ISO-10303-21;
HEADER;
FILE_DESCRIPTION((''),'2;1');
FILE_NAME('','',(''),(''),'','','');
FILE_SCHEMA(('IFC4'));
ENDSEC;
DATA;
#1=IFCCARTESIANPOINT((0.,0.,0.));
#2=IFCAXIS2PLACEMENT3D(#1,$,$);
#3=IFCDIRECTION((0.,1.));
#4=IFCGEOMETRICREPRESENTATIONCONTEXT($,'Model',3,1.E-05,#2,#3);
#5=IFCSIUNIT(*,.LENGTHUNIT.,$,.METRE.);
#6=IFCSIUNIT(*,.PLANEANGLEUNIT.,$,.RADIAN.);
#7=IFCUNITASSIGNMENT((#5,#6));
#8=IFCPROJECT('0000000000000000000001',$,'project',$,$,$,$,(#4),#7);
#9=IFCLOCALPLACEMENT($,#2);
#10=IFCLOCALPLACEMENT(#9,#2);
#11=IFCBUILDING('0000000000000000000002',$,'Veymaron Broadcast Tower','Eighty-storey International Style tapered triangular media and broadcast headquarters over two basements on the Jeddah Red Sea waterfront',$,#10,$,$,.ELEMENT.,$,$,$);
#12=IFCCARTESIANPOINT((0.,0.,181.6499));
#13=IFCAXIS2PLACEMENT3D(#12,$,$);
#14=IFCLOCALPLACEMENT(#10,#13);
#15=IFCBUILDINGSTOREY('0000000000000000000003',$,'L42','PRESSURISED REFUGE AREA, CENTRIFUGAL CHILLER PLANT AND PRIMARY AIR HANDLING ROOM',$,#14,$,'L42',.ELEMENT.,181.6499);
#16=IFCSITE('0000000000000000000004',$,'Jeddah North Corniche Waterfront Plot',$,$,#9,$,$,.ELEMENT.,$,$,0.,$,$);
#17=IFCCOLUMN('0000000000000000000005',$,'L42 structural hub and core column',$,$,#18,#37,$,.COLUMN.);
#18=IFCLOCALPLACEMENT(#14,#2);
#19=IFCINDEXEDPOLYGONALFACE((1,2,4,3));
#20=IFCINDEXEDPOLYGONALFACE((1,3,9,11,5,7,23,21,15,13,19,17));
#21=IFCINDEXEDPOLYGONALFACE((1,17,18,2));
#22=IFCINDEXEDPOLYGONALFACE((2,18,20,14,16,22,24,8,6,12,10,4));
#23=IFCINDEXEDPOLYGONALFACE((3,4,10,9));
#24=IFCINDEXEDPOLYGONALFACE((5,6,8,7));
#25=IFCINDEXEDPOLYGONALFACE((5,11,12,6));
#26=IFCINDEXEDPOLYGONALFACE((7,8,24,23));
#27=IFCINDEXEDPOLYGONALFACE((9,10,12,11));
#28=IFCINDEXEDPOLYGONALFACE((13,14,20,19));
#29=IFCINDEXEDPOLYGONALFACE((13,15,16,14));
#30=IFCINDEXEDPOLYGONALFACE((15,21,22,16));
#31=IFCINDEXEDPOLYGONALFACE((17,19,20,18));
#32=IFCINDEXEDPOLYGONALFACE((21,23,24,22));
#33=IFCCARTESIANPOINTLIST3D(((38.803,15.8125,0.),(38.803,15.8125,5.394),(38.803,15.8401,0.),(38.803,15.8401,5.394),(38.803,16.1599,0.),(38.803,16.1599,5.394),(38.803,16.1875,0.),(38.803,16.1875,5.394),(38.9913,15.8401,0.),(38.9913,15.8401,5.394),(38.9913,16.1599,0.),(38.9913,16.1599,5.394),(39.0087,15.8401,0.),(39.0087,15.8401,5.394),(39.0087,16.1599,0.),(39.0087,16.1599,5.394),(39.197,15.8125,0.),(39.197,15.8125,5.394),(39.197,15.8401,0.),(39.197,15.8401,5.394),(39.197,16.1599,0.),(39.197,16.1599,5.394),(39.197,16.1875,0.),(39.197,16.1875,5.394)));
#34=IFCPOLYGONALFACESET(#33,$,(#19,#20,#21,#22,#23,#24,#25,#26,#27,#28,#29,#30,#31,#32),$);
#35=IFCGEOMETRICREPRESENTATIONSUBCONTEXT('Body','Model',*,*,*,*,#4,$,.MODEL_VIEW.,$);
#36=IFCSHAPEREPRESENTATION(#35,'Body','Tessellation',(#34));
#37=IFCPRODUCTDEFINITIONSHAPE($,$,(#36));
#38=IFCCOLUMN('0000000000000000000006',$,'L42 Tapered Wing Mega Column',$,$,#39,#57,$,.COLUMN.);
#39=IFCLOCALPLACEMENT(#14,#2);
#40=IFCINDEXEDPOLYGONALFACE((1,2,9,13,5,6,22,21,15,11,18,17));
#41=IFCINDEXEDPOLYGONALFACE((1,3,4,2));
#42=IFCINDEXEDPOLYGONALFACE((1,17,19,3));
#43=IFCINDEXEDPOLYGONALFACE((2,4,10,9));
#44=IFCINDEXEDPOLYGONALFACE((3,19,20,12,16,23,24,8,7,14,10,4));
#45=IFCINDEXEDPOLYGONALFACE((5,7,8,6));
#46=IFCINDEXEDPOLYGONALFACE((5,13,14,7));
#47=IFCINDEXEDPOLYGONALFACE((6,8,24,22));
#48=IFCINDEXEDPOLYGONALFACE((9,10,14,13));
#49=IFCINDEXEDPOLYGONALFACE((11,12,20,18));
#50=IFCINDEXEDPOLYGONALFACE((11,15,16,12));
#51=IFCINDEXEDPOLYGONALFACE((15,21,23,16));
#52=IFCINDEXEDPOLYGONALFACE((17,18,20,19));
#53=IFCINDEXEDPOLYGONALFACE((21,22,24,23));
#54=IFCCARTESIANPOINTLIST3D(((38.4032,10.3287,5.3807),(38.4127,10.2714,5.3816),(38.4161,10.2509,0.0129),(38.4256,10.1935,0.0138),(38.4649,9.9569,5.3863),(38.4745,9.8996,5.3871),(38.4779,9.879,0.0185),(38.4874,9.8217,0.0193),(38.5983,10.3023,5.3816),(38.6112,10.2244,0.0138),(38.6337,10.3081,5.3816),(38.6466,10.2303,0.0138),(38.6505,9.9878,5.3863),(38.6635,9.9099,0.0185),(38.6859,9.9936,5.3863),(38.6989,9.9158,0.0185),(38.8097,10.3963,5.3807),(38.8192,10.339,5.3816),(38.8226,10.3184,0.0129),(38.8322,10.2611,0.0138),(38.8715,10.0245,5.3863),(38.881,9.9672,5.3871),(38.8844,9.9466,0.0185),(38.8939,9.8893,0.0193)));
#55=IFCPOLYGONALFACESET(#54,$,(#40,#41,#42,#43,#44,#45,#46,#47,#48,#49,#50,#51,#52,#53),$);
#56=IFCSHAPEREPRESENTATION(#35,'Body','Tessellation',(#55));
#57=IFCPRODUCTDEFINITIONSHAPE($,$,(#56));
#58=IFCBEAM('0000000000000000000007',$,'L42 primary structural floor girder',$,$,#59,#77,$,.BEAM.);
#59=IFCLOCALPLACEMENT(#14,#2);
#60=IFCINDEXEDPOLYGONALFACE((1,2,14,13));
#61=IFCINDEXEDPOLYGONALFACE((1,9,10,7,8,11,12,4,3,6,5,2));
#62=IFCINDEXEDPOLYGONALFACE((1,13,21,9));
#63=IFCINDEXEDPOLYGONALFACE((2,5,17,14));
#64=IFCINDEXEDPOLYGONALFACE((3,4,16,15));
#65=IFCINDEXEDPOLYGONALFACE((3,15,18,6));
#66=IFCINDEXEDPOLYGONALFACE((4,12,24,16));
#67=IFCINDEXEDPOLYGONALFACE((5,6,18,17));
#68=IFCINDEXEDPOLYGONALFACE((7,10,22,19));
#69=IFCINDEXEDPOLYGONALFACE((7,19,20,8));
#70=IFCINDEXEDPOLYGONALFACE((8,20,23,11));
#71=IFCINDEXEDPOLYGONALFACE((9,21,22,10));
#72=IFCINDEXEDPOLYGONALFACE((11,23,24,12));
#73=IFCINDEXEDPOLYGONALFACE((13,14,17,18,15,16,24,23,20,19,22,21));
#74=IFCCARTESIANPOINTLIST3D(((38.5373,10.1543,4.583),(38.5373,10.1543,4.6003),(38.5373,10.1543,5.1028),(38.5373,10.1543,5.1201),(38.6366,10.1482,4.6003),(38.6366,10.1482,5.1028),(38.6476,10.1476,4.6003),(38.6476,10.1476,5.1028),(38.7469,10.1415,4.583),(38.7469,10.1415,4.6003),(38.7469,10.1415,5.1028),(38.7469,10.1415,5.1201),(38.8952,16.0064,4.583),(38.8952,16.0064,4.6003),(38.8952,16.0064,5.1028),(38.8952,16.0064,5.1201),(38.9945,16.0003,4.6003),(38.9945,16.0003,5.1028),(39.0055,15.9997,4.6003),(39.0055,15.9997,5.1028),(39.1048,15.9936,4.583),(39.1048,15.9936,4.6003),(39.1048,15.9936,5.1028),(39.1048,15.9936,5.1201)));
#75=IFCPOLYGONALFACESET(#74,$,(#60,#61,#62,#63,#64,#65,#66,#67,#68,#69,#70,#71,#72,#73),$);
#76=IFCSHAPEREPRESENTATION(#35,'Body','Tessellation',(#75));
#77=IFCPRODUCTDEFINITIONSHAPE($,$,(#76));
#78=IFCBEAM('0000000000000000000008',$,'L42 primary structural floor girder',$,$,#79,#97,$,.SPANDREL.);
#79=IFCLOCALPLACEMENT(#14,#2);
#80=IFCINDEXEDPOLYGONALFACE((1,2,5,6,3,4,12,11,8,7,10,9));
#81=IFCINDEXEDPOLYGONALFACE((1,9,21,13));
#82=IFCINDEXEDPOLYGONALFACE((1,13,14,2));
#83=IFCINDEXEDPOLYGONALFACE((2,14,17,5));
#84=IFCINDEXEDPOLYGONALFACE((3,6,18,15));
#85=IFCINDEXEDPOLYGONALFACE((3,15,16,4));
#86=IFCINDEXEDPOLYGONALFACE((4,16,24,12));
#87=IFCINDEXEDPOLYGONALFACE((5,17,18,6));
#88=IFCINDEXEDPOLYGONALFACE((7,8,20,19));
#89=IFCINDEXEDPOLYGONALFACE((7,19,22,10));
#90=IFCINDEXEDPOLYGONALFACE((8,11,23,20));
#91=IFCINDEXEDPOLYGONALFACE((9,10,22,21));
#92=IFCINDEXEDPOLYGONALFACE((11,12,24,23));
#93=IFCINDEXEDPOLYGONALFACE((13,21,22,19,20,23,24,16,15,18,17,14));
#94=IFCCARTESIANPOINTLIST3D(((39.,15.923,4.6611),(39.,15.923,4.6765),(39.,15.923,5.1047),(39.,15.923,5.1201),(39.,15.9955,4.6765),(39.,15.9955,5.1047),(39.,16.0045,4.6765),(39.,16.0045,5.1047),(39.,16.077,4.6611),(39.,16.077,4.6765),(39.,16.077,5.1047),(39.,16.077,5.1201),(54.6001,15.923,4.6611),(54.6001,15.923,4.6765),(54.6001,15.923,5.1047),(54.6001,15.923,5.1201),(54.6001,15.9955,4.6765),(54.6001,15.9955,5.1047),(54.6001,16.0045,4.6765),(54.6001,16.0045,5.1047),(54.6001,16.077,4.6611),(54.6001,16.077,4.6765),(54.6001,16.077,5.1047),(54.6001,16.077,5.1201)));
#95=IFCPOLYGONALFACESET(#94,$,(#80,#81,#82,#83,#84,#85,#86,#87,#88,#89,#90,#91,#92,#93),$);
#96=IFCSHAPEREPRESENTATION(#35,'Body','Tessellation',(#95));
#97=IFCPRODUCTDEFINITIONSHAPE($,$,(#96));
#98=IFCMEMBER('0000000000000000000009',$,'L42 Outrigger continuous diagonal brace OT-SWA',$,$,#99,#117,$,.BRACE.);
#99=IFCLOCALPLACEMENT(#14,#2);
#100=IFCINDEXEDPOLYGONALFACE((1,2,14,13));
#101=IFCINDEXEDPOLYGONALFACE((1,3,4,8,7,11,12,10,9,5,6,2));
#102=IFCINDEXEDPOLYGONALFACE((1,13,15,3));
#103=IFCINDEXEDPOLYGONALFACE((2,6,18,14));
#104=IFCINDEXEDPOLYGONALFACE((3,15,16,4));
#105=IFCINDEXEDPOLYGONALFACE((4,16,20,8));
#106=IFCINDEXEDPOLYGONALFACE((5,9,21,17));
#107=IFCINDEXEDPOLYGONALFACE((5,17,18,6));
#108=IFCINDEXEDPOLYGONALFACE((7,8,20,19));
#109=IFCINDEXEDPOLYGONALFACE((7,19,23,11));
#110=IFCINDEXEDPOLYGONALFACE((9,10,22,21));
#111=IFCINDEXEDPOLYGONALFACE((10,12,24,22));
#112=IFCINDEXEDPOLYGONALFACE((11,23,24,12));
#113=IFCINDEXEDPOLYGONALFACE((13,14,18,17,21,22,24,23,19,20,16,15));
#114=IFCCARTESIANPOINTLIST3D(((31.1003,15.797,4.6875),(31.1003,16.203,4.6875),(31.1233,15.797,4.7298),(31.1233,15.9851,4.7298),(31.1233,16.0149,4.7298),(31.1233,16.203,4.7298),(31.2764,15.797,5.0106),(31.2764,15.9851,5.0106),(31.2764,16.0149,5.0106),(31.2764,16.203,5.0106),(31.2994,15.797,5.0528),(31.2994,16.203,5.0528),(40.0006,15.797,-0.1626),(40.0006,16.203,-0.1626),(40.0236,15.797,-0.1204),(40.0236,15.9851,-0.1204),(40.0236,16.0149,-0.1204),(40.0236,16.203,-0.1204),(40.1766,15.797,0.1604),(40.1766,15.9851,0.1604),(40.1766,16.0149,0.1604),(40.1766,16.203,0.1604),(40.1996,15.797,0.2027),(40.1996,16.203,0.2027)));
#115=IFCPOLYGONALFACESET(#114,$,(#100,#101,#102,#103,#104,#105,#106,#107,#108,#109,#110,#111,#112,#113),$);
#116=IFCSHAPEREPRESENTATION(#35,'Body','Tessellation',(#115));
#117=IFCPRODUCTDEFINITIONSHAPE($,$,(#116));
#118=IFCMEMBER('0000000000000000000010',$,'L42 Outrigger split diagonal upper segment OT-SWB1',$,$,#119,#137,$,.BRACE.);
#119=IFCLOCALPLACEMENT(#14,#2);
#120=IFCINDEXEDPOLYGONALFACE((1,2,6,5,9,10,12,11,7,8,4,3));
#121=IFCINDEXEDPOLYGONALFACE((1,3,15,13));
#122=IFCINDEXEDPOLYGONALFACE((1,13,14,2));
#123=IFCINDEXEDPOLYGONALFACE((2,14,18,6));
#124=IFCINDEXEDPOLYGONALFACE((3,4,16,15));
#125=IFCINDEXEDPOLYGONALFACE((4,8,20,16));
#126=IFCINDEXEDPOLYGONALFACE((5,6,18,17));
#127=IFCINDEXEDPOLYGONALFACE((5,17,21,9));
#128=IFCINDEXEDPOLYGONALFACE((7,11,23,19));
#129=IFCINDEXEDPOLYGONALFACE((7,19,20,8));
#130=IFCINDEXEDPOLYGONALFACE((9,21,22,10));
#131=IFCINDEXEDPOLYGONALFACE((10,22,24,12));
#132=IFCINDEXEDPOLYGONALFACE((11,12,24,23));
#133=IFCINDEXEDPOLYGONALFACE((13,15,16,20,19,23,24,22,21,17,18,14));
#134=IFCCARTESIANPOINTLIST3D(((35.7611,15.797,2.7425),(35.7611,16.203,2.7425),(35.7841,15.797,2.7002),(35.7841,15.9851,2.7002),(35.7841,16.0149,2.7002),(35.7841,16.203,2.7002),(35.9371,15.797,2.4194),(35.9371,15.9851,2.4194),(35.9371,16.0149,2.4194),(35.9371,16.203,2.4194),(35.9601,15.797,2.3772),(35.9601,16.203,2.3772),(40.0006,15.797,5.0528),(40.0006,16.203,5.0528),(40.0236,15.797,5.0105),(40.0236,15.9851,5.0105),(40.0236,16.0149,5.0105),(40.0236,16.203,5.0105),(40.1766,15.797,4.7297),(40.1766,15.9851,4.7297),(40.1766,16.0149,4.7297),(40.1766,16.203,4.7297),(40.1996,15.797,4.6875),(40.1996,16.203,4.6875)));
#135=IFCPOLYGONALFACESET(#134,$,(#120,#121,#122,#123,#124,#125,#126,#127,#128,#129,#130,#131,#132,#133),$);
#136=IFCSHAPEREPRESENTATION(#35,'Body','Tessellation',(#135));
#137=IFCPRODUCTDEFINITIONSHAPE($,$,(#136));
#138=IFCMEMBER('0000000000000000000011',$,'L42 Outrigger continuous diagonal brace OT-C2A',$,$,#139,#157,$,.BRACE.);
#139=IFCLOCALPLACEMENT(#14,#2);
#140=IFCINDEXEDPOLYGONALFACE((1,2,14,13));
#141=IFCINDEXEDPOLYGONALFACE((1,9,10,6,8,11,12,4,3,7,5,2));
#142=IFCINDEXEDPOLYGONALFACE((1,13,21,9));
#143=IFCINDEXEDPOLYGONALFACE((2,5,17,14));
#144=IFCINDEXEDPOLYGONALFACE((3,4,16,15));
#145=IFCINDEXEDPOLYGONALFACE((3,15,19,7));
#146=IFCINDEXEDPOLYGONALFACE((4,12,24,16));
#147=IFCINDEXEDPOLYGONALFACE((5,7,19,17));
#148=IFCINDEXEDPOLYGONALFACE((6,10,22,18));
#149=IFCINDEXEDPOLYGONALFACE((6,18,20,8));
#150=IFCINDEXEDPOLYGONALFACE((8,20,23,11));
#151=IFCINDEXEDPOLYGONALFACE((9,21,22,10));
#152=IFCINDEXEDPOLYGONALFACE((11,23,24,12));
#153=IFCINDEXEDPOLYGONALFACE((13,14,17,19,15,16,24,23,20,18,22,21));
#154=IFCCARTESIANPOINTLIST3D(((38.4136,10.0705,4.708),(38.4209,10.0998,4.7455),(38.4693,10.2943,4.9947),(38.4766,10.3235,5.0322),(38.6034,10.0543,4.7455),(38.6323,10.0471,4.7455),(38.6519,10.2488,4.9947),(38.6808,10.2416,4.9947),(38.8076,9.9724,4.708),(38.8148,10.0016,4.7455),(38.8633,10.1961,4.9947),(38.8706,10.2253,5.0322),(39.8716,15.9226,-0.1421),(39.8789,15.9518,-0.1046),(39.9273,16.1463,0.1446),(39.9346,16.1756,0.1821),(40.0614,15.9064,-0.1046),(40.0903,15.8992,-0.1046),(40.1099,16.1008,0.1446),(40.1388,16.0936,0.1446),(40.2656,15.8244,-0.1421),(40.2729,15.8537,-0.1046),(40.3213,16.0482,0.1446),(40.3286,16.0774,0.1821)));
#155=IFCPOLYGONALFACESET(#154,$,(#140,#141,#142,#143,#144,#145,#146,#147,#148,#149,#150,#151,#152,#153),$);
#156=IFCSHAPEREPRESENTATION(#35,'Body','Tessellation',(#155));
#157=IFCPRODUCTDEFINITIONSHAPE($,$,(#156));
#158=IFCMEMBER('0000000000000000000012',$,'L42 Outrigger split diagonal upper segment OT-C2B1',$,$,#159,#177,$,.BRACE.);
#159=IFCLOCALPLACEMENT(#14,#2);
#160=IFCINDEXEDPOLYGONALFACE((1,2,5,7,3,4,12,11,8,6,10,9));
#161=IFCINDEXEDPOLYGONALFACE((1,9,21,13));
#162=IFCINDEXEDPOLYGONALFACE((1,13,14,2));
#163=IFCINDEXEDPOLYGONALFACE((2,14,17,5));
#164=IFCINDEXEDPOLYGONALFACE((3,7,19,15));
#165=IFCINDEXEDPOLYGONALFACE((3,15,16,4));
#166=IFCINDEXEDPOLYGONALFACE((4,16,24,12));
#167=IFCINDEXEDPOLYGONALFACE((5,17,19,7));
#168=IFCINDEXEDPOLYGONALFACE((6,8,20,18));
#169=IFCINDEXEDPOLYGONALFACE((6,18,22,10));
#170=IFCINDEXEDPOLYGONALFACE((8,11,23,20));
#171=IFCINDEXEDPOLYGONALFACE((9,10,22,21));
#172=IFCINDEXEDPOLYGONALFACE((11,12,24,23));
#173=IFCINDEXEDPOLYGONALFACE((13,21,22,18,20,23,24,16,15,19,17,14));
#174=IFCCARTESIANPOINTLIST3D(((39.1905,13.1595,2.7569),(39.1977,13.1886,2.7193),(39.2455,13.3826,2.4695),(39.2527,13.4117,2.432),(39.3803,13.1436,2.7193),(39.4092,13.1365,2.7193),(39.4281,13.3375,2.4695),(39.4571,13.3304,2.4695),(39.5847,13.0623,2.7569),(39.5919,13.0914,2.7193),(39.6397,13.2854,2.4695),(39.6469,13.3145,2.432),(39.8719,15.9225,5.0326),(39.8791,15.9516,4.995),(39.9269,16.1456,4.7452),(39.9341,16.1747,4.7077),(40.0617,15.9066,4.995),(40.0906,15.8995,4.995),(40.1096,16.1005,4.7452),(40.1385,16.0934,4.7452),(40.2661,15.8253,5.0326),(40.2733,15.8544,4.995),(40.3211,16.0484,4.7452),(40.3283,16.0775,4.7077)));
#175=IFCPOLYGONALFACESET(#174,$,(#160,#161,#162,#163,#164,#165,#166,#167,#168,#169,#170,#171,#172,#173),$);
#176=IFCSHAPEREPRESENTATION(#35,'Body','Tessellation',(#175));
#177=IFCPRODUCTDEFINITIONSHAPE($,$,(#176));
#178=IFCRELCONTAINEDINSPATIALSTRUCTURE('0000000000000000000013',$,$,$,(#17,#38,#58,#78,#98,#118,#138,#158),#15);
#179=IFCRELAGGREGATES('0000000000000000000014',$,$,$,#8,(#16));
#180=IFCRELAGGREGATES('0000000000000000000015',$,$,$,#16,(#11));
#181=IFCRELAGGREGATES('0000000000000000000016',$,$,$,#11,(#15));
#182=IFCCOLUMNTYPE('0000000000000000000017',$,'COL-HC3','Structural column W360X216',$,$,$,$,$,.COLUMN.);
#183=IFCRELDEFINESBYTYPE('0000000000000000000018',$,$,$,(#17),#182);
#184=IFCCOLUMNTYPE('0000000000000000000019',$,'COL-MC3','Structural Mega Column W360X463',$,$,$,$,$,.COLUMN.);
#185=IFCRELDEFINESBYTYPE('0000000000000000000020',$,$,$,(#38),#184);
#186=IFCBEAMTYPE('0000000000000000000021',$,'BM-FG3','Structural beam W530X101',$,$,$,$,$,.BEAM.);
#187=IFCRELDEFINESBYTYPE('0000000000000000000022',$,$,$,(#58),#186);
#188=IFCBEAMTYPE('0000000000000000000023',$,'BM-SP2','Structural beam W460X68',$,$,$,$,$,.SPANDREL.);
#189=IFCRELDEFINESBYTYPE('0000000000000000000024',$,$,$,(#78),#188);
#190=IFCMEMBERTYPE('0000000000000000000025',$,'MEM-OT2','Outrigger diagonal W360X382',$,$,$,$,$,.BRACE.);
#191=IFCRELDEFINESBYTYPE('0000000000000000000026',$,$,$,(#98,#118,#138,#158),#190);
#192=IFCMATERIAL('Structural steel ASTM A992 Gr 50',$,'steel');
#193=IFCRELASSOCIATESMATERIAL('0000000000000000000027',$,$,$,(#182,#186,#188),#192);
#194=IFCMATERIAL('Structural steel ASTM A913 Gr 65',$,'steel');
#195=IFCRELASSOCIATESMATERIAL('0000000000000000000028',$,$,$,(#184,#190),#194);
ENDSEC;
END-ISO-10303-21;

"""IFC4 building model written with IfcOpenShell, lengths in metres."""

from ifc_helpers import new_model, si_unit, direction, frame, origin, origin_2d, place, context, subcontext, project, spatial, i_section, extrude, material, material_profile, profile_set, type_object, element, save


model = new_model("IFC4")

# Units and contexts
model_context = context("Model", 3, precision=1e-05, world=origin(), true_north=direction((0.0, 1.0)))
body_context = subcontext(model_context, "Body", "Model", "MODEL_VIEW")
ifc_project = project(units=[si_unit("LENGTHUNIT", "METRE"), si_unit("PLANEANGLEUNIT", "RADIAN")], contexts=[model_context])

# Site, building, storey
site_placement = place(None, origin())
site = spatial("IfcSite", under=ifc_project, at=site_placement, Name="Jeddah North Corniche Waterfront Plot", CompositionType="ELEMENT", RefElevation=0.0)
building_placement = place(site_placement, origin())
building = spatial("IfcBuilding", under=site, at=building_placement, Name="Veymaron Broadcast Tower", Description="Eighty-storey International Style tapered triangular media and broadcast headquarters over two basements on the Jeddah Red Sea waterfront", CompositionType="ELEMENT")
storey_placement = place(building_placement, frame((0.0, 0.0, 181.6499)))
storey = spatial("IfcBuildingStorey", under=building, at=storey_placement, Name="L42", Description="PRESSURISED REFUGE AREA, CENTRIFUGAL CHILLER PLANT AND PRIMARY AIR HANDLING ROOM", LongName="L42", CompositionType="ELEMENT", Elevation=181.6499)

# Columns
ifc_material_1 = material(Name="Structural steel ASTM A992 Gr 50", Category="steel")
ifc_material_profile_1 = material_profile(ifc_material_1, i_section(OverallWidth=0.394, OverallDepth=0.375, WebThickness=0.0173, FlangeThickness=0.0276, at=origin_2d()), Name="W360X216")
ifc_profile_set_1 = profile_set([ifc_material_profile_1], Name="Structural steel ASTM A992 Gr 50")
column_type_1 = type_object("IfcColumnType", Name="COL-HC3", Description="Structural column W360X216", PredefinedType="COLUMN", material=ifc_profile_set_1)
column_1_placement = place(storey_placement, frame((39.0, 16.0, 0.0), z_axis=(0.0, 0.0, 1.0), x_axis=(1.0, 0.0, 0.0)))
element("IfcColumn", 1, at=column_1_placement, inside=storey, type_object=column_type_1, Name="L42 structural hub and core column", PredefinedType="COLUMN", context=body_context, shape_type="SweptSolid", body=[
    extrude(i_section(OverallWidth=0.394, OverallDepth=0.375, WebThickness=0.0173, FlangeThickness=0.0276, at=origin_2d()), origin(), (0.0, 0.0, 1.0), 5.394),
])
ifc_material_2 = material(Name="Structural steel ASTM A913 Gr 65", Category="steel")
ifc_material_profile_2 = material_profile(ifc_material_2, i_section(OverallWidth=0.4121, OverallDepth=0.4351, WebThickness=0.0359, FlangeThickness=0.0581, at=origin_2d()), Name="W360X463")
ifc_profile_set_2 = profile_set([ifc_material_profile_2], Name="Structural steel ASTM A913 Gr 65")
column_type_2 = type_object("IfcColumnType", Name="COL-MC3", Description="Structural Mega Column W360X463", PredefinedType="COLUMN", material=ifc_profile_set_2)
column_2_placement = place(storey_placement, frame((38.655, 10.0701, 0.0161), z_axis=(-0.00241, 0.014507, 0.999892), x_axis=(-0.986477, -0.163897, 0.0)))
element("IfcColumn", 2, at=column_2_placement, inside=storey, type_object=column_type_2, Name="L42 Tapered Wing Mega Column", PredefinedType="COLUMN", context=body_context, shape_type="SweptSolid", body=[
    extrude(i_section(OverallWidth=0.4121, OverallDepth=0.4351, WebThickness=0.0359, FlangeThickness=0.0581, at=origin_2d()), origin(), (0.0, 0.0, 1.0), 5.3684),
])

# Beams
ifc_material_profile_3 = material_profile(ifc_material_1, i_section(OverallWidth=0.21, OverallDepth=0.5371, WebThickness=0.011, FlangeThickness=0.0173, at=origin_2d()), Name="W530X101")
ifc_profile_set_3 = profile_set([ifc_material_profile_3], Name="Structural steel ASTM A992 Gr 50")
beam_type_1 = type_object("IfcBeamType", Name="BM-FG3", Description="Structural beam W530X101", PredefinedType="BEAM", material=ifc_profile_set_3)
beam_1_placement = place(storey_placement, frame((39.0, 16.0, 4.8516), z_axis=(-0.061046, -0.998135, 0.0), x_axis=(0.998135, -0.061046, 0.0)))
element("IfcBeam", 3, at=beam_1_placement, inside=storey, type_object=beam_type_1, Name="L42 primary structural floor girder", PredefinedType="BEAM", context=body_context, shape_type="SweptSolid", body=[
    extrude(i_section(OverallWidth=0.21, OverallDepth=0.5371, WebThickness=0.011, FlangeThickness=0.0173, at=origin_2d()), origin(), (0.0, 0.0, 1.0), 5.863),
])
ifc_material_profile_4 = material_profile(ifc_material_1, i_section(OverallWidth=0.1541, OverallDepth=0.459, WebThickness=0.009, FlangeThickness=0.0154, at=origin_2d()), Name="W460X68")
ifc_profile_set_4 = profile_set([ifc_material_profile_4], Name="Structural steel ASTM A992 Gr 50")
beam_type_2 = type_object("IfcBeamType", Name="BM-SP2", Description="Structural beam W460X68", PredefinedType="SPANDREL", material=ifc_profile_set_4)
beam_2_placement = place(storey_placement, frame((39.0, 16.0, 4.8906), z_axis=(1.0, 0.0, 0.0), x_axis=(0.0, 1.0, 0.0)))
element("IfcBeam", 4, at=beam_2_placement, inside=storey, type_object=beam_type_2, Name="L42 primary structural floor girder", PredefinedType="SPANDREL", context=body_context, shape_type="SweptSolid", body=[
    extrude(i_section(OverallWidth=0.1541, OverallDepth=0.459, WebThickness=0.009, FlangeThickness=0.0154, at=origin_2d()), origin(), (0.0, 0.0, 1.0), 15.6001),
])

# Members
ifc_material_profile_5 = material_profile(ifc_material_2, i_section(OverallWidth=0.406, OverallDepth=0.416, WebThickness=0.0298, FlangeThickness=0.0481, at=origin_2d()), Name="W360X382")
ifc_profile_set_5 = profile_set([ifc_material_profile_5], Name="Structural steel ASTM A913 Gr 65")
member_type = type_object("IfcMemberType", Name="MEM-OT2", Description="Outrigger diagonal W360X382", PredefinedType="BRACE", material=ifc_profile_set_5)
member_1_placement = place(storey_placement, frame((40.1001, 16.0, 0.02), z_axis=(-0.878083, 0.0, 0.478508), x_axis=(0.0, -1.0, 0.0)))
element("IfcMember", 5, at=member_1_placement, inside=storey, type_object=member_type, Name="L42 Outrigger continuous diagonal brace OT-SWA", PredefinedType="BRACE", context=body_context, shape_type="SweptSolid", body=[
    extrude(i_section(OverallWidth=0.406, OverallDepth=0.416, WebThickness=0.0298, FlangeThickness=0.0481, at=origin_2d()), origin(), (0.0, 0.0, 1.0), 10.136),
])
member_2_placement = place(storey_placement, frame((40.1001, 16.0, 4.8701), z_axis=(-0.878083, 0.0, -0.478508), x_axis=(0.0, -1.0, 0.0)))
element("IfcMember", 6, at=member_2_placement, inside=storey, type_object=member_type, Name="L42 Outrigger split diagonal upper segment OT-SWB1", PredefinedType="BRACE", context=body_context, shape_type="SweptSolid", body=[
    extrude(i_section(OverallWidth=0.406, OverallDepth=0.416, WebThickness=0.0298, FlangeThickness=0.0481, at=origin_2d()), origin(), (0.0, 0.0, 1.0), 4.8281),
])
member_3_placement = place(storey_placement, frame((40.1001, 16.0, 0.02), z_axis=(-0.188392, -0.756154, 0.62669), x_axis=(0.970337, -0.241754, 0.0)))
element("IfcMember", 7, at=member_3_placement, inside=storey, type_object=member_type, Name="L42 Outrigger continuous diagonal brace OT-C2A", PredefinedType="BRACE", context=body_context, shape_type="SweptSolid", body=[
    extrude(i_section(OverallWidth=0.406, OverallDepth=0.416, WebThickness=0.0298, FlangeThickness=0.0481, at=origin_2d()), origin(), (0.0, 0.0, 1.0), 7.7393),
])
member_4_placement = place(storey_placement, frame((40.1001, 16.0, 4.8701), z_axis=(-0.187006, -0.758276, -0.624537), x_axis=(0.97091, -0.239446, 0.0)))
element("IfcMember", 8, at=member_4_placement, inside=storey, type_object=member_type, Name="L42 Outrigger split diagonal upper segment OT-C2B1", PredefinedType="BRACE", context=body_context, shape_type="SweptSolid", body=[
    extrude(i_section(OverallWidth=0.406, OverallDepth=0.416, WebThickness=0.0298, FlangeThickness=0.0481, at=origin_2d()), origin(), (0.0, 0.0, 1.0), 3.6438),
])

save(model, "model.ifc")
